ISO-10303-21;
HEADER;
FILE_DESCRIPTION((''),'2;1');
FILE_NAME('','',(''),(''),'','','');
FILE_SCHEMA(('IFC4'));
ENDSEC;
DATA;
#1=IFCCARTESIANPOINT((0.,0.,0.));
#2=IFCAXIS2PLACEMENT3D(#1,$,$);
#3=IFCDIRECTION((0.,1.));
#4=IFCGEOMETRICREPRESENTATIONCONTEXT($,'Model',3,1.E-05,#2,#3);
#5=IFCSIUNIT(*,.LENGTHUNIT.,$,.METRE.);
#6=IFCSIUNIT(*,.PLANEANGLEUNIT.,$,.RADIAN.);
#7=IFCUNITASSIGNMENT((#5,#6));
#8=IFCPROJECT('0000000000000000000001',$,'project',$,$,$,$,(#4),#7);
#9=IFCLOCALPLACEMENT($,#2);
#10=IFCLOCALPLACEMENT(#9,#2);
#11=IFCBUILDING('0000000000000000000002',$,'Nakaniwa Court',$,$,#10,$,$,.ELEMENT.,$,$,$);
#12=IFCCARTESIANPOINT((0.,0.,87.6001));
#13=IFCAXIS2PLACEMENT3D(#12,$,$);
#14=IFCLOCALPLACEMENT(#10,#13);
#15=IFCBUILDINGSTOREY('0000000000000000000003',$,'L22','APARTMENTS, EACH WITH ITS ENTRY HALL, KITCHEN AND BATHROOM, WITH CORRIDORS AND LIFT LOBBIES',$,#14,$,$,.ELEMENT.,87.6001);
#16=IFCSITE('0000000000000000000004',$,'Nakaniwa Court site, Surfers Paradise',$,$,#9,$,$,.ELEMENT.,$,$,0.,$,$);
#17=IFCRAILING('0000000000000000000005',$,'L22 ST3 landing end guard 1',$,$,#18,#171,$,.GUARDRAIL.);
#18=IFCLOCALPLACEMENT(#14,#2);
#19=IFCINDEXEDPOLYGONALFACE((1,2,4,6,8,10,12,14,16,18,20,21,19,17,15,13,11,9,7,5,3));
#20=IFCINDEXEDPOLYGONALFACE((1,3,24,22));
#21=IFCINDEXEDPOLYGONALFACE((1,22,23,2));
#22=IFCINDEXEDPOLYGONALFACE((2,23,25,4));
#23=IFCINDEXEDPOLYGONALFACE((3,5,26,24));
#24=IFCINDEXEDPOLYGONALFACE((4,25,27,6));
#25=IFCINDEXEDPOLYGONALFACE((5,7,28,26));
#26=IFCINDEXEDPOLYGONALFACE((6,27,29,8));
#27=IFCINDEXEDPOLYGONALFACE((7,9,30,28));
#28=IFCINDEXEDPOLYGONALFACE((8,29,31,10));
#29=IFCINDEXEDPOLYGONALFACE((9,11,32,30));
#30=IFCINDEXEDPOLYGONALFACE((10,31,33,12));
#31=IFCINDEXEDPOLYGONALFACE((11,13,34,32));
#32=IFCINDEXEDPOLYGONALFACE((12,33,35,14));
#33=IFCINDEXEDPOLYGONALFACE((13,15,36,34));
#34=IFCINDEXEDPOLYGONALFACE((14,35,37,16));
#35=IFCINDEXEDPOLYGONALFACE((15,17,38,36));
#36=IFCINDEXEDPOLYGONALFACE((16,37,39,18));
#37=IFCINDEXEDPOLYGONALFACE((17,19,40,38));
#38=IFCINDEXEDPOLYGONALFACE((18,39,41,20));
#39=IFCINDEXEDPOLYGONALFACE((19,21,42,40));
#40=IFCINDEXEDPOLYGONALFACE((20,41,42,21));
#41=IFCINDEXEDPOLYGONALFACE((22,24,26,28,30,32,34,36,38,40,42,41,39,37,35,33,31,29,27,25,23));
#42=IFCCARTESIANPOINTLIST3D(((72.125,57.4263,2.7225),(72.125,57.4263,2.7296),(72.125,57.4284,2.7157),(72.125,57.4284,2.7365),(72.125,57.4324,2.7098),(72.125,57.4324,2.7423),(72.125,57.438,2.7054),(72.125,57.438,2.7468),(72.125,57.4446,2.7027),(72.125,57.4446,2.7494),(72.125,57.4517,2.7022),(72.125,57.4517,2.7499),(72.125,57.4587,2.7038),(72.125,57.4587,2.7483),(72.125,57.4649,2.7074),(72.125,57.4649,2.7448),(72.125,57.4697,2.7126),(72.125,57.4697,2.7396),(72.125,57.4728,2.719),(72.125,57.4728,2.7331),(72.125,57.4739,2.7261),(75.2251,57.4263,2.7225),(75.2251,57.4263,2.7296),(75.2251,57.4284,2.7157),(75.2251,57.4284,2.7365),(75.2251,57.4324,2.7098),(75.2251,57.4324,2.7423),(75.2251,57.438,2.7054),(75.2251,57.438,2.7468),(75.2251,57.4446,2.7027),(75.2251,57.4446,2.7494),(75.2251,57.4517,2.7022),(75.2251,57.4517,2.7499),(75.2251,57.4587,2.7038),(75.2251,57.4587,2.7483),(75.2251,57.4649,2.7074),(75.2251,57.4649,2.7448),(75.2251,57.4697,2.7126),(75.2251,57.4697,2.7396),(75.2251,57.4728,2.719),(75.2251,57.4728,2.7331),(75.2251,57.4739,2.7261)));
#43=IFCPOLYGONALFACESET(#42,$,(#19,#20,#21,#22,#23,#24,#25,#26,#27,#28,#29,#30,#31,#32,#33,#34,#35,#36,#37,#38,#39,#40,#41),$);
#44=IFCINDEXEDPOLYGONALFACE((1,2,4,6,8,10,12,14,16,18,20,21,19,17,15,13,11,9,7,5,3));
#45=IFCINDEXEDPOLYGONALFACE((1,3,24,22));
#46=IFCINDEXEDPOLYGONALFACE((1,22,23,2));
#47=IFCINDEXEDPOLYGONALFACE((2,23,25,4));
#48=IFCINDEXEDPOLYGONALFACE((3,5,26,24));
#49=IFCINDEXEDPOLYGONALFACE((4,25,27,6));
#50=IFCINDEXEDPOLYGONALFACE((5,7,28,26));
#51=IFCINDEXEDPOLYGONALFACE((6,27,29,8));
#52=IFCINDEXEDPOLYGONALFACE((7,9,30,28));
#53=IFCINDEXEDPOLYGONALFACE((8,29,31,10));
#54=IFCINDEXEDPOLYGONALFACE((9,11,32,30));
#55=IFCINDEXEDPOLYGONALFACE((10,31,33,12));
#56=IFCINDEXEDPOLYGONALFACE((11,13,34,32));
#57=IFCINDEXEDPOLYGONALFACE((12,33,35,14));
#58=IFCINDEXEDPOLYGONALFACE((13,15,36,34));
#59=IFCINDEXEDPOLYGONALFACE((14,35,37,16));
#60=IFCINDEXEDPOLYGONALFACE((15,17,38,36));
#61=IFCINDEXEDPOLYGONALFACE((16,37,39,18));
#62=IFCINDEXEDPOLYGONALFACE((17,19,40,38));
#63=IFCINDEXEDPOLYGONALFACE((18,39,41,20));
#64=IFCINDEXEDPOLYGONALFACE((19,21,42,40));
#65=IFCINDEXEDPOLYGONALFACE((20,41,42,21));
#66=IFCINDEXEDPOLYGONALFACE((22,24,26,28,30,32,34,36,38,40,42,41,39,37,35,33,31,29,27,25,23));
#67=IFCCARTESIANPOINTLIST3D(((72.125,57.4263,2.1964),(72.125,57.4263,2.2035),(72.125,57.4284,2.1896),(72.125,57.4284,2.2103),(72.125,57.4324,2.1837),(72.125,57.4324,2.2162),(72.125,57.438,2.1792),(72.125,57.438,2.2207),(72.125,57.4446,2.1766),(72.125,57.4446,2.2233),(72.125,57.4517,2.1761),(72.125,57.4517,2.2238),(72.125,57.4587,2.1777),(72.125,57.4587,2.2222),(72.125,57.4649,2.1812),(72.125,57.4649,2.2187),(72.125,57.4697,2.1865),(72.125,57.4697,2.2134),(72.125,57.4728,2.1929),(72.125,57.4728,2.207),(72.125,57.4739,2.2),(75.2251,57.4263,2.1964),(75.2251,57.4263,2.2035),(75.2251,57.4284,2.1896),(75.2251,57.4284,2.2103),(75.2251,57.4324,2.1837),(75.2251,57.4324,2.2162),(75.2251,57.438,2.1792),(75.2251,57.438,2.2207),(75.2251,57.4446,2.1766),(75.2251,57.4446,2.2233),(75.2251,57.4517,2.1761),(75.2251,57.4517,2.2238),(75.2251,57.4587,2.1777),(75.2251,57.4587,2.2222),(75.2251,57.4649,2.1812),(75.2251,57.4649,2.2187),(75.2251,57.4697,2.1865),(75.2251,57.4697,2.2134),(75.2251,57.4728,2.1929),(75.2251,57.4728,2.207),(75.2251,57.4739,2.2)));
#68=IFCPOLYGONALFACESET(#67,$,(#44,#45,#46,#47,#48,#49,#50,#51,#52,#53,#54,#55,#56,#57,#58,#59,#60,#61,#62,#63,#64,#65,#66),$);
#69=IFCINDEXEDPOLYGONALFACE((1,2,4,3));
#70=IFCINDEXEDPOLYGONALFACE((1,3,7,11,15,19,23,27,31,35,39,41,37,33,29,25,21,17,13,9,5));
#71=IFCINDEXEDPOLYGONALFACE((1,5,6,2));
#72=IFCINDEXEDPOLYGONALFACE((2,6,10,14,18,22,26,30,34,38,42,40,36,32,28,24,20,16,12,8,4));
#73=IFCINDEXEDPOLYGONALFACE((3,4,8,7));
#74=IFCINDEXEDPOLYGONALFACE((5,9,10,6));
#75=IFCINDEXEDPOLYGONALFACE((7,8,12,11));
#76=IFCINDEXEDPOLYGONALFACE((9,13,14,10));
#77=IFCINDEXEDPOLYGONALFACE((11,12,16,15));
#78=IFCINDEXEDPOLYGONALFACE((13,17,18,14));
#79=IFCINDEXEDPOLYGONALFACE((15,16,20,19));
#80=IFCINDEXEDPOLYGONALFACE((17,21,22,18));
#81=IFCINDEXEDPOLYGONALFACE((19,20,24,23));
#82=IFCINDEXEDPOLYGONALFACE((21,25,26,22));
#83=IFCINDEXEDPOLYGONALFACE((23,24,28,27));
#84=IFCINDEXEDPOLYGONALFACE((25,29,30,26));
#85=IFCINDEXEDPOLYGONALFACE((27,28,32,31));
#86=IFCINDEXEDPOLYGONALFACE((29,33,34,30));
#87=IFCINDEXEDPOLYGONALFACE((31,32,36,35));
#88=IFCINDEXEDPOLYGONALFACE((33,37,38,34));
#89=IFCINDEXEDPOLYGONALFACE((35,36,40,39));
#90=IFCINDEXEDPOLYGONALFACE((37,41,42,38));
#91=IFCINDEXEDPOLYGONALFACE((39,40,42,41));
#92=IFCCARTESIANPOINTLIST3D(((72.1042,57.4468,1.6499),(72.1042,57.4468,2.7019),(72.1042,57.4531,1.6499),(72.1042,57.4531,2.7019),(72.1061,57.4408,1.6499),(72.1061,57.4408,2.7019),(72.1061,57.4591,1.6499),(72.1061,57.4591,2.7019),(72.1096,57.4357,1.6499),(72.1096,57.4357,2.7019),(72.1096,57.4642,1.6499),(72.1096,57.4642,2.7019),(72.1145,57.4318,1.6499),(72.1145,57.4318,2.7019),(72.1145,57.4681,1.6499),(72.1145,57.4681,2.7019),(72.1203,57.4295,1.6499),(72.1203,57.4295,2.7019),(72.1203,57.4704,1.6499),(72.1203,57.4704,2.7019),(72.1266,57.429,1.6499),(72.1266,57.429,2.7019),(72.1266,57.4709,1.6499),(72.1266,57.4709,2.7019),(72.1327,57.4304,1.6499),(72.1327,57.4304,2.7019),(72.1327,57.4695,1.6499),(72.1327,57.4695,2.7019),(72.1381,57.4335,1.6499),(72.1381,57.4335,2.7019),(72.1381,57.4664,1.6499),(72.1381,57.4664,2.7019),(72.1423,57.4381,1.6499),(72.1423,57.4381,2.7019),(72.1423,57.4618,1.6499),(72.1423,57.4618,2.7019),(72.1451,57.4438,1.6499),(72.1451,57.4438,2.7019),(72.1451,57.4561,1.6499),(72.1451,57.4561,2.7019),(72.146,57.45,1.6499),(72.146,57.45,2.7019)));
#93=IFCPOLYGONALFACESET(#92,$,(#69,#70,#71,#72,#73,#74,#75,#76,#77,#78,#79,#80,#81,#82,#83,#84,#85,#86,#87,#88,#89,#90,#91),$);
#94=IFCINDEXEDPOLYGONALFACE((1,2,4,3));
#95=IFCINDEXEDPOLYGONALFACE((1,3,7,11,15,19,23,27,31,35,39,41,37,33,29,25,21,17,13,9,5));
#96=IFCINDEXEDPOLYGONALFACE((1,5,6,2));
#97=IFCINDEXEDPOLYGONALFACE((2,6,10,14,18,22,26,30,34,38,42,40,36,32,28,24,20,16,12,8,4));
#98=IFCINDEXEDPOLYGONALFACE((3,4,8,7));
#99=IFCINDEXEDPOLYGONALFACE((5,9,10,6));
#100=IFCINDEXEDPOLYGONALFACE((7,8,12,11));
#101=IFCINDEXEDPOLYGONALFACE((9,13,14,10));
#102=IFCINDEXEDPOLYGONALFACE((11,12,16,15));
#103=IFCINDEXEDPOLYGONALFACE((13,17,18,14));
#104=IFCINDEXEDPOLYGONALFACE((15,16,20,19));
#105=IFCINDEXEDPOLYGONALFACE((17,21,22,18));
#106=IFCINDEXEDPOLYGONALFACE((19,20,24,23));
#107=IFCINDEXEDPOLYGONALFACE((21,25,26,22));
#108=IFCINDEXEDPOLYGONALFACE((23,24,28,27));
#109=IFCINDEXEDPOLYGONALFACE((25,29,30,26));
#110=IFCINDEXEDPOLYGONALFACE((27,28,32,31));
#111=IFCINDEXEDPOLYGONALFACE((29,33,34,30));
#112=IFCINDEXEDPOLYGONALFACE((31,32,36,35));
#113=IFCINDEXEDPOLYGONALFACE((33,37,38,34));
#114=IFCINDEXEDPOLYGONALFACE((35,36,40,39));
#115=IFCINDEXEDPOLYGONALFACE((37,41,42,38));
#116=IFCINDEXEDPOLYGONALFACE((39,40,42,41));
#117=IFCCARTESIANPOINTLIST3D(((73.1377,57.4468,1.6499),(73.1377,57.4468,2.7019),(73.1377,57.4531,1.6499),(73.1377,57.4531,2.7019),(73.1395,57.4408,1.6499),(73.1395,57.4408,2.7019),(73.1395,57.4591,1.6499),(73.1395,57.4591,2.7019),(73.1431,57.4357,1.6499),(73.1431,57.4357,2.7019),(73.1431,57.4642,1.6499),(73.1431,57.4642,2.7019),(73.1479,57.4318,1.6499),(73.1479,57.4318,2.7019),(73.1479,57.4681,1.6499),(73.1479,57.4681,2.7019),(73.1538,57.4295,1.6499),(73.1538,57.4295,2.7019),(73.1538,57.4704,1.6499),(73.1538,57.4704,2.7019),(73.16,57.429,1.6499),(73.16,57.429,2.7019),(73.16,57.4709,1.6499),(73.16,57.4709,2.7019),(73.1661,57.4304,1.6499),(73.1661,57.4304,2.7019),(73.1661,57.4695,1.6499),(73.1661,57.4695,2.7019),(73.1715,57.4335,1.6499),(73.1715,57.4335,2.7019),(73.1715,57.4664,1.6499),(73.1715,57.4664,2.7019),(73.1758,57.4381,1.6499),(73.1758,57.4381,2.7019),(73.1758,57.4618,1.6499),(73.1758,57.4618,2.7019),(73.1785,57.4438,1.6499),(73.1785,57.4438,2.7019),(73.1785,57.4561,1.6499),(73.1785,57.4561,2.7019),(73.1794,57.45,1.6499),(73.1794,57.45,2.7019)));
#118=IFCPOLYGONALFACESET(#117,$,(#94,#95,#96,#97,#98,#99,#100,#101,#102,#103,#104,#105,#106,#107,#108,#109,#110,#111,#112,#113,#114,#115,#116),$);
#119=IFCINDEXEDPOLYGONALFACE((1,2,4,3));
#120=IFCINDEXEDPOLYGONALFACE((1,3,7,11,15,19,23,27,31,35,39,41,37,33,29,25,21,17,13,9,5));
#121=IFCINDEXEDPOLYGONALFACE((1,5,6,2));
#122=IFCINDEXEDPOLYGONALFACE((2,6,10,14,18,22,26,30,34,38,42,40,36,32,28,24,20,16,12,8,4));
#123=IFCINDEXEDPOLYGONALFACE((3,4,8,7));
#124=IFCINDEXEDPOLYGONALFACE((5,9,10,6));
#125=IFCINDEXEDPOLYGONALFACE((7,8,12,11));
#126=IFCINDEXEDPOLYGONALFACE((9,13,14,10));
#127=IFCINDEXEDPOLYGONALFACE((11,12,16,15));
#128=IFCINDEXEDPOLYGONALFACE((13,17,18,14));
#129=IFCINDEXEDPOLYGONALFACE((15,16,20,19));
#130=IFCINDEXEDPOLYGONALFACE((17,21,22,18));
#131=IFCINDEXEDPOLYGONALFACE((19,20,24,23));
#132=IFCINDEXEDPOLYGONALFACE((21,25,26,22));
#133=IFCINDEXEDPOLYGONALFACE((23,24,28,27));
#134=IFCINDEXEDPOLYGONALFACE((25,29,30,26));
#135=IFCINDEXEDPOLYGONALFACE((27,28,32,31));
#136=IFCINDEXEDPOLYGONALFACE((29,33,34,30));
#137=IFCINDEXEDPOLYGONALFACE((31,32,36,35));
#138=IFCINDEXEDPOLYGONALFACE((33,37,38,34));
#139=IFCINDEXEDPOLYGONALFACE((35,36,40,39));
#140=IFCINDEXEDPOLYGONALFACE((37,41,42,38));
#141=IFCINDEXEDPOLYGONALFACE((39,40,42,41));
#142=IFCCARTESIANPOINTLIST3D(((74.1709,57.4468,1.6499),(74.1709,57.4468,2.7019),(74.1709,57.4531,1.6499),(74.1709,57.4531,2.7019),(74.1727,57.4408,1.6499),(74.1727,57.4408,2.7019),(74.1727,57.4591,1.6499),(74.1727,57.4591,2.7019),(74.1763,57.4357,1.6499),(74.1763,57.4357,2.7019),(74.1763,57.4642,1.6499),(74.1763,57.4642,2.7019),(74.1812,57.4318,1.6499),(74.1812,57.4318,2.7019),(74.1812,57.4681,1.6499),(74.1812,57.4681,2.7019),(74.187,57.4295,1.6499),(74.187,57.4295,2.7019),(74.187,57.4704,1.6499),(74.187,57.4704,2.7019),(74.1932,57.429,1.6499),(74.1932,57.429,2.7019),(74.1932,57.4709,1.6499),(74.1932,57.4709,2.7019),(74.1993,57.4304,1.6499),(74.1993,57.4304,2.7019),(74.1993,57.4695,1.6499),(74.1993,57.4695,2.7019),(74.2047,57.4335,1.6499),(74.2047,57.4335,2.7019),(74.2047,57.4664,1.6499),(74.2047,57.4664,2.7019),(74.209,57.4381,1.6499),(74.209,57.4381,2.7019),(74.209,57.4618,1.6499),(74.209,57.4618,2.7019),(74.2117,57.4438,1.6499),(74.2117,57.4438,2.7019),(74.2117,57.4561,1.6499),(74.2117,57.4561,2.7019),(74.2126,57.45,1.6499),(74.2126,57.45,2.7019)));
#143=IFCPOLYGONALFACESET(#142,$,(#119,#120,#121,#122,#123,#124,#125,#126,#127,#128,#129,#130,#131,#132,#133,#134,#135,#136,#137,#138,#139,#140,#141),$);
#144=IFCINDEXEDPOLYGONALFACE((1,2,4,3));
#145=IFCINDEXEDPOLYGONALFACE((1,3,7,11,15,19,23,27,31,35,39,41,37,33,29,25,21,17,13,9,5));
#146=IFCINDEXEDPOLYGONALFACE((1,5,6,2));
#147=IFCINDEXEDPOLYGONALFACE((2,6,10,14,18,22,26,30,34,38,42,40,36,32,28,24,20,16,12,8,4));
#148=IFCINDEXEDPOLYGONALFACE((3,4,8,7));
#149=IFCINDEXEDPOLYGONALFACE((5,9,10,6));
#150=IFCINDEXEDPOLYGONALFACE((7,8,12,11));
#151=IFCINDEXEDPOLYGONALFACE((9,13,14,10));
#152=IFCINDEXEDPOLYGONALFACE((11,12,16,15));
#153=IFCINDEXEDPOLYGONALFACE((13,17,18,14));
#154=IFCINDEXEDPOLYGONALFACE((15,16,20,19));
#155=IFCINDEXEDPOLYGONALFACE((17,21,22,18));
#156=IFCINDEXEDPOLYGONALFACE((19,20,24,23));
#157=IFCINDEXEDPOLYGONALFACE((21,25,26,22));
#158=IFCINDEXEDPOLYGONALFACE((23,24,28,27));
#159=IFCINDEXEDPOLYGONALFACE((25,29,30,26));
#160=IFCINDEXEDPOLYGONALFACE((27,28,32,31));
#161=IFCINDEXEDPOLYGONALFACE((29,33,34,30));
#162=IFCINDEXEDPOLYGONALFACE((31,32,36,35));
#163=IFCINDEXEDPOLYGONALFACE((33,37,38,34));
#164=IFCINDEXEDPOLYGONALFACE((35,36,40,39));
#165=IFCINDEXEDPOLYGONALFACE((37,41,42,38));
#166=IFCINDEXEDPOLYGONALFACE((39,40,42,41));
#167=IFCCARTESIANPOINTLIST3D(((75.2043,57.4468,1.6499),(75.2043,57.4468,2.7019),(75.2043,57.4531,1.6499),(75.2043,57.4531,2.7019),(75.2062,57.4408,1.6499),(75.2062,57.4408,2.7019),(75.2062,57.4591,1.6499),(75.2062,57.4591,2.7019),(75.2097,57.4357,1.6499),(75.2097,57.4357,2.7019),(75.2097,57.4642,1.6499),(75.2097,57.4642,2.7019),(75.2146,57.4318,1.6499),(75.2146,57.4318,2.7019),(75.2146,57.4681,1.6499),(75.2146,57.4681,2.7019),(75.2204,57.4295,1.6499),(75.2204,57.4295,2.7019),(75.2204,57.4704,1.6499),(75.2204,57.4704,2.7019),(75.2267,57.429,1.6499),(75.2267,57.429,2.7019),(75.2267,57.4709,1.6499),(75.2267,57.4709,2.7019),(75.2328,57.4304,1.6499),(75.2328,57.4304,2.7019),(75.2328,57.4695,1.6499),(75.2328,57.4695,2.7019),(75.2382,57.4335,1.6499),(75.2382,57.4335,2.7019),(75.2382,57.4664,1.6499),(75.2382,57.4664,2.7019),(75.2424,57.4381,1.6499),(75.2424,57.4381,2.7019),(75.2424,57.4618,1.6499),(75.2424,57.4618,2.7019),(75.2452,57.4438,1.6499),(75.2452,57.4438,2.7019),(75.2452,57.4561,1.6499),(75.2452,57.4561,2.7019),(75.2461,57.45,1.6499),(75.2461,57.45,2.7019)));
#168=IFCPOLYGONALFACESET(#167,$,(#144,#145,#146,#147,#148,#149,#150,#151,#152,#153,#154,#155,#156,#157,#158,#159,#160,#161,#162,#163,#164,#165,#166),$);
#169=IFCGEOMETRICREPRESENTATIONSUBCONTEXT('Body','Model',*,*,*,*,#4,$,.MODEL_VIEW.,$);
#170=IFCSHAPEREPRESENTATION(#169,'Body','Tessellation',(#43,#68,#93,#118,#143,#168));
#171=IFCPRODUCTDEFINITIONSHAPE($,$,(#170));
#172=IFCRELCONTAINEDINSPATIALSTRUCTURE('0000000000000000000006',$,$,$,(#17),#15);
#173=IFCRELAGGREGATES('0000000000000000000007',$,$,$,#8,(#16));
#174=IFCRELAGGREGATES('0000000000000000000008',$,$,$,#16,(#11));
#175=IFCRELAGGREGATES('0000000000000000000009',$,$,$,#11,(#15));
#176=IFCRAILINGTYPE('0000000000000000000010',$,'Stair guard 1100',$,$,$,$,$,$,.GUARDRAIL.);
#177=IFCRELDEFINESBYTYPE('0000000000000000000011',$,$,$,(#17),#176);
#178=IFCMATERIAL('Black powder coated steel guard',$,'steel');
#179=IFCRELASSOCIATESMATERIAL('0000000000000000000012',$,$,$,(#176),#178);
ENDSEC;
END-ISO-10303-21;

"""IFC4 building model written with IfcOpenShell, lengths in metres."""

from ifc_helpers import new_model, si_unit, direction, frame, origin, origin_2d, place, context, subcontext, project, spatial, circle, extrude, material, type_object, element, save


model = new_model("IFC4")

# Units and contexts
model_context = context("Model", 3, precision=1e-05, world=origin(), true_north=direction((0.0, 1.0)))
body_context = subcontext(model_context, "Body", "Model", "MODEL_VIEW")
ifc_project = project(units=[si_unit("LENGTHUNIT", "METRE"), si_unit("PLANEANGLEUNIT", "RADIAN")], contexts=[model_context])

# Site, building, storey
site_placement = place(None, origin())
site = spatial("IfcSite", under=ifc_project, at=site_placement, Name="Nakaniwa Court site, Surfers Paradise", CompositionType="ELEMENT", RefElevation=0.0)
building_placement = place(site_placement, origin())
building = spatial("IfcBuilding", under=site, at=building_placement, Name="Nakaniwa Court", CompositionType="ELEMENT")
storey_placement = place(building_placement, frame((0.0, 0.0, 87.6001)))
storey = spatial("IfcBuildingStorey", under=building, at=storey_placement, Name="L22", Description="APARTMENTS, EACH WITH ITS ENTRY HALL, KITCHEN AND BATHROOM, WITH CORRIDORS AND LIFT LOBBIES", CompositionType="ELEMENT", Elevation=87.6001)

# Railing
ifc_material_1 = material(Name="Black powder coated steel guard", Category="steel")
railing_type_1 = type_object("IfcRailingType", Name="Stair guard 1100", PredefinedType="GUARDRAIL", material=ifc_material_1)
railing_1_placement = place(storey_placement, frame((72.125, 57.45, 1.6499)))
element("IfcRailing", 1, at=railing_1_placement, inside=storey, type_object=railing_type_1, Name="L22 ST3 landing end guard 1", PredefinedType="GUARDRAIL", context=body_context, shape_type="SweptSolid", body=[
    extrude(circle(Radius=0.0239, at=origin_2d()), frame((0.0, 0.0, 1.0762), z_axis=(1.0, 0.0, 0.0), x_axis=(0.0, 1.0, 0.0)), (0.0, 0.0, 1.0), 3.1001),
    extrude(circle(Radius=0.0239, at=origin_2d()), frame((0.0, 0.0, 0.55), z_axis=(1.0, 0.0, 0.0), x_axis=(0.0, 1.0, 0.0)), (0.0, 0.0, 1.0), 3.1001),
    extrude(circle(Radius=0.021, at=origin_2d()), origin(), (0.0, 0.0, 1.0), 1.052),
    extrude(circle(Radius=0.021, at=origin_2d()), frame((1.0334, 0.0, 0.0)), (0.0, 0.0, 1.0), 1.052),
    extrude(circle(Radius=0.021, at=origin_2d()), frame((2.0667, 0.0, 0.0)), (0.0, 0.0, 1.0), 1.052),
    extrude(circle(Radius=0.021, at=origin_2d()), frame((3.1001, 0.0, 0.0)), (0.0, 0.0, 1.0), 1.052),
])

save(model, "model.ifc")
